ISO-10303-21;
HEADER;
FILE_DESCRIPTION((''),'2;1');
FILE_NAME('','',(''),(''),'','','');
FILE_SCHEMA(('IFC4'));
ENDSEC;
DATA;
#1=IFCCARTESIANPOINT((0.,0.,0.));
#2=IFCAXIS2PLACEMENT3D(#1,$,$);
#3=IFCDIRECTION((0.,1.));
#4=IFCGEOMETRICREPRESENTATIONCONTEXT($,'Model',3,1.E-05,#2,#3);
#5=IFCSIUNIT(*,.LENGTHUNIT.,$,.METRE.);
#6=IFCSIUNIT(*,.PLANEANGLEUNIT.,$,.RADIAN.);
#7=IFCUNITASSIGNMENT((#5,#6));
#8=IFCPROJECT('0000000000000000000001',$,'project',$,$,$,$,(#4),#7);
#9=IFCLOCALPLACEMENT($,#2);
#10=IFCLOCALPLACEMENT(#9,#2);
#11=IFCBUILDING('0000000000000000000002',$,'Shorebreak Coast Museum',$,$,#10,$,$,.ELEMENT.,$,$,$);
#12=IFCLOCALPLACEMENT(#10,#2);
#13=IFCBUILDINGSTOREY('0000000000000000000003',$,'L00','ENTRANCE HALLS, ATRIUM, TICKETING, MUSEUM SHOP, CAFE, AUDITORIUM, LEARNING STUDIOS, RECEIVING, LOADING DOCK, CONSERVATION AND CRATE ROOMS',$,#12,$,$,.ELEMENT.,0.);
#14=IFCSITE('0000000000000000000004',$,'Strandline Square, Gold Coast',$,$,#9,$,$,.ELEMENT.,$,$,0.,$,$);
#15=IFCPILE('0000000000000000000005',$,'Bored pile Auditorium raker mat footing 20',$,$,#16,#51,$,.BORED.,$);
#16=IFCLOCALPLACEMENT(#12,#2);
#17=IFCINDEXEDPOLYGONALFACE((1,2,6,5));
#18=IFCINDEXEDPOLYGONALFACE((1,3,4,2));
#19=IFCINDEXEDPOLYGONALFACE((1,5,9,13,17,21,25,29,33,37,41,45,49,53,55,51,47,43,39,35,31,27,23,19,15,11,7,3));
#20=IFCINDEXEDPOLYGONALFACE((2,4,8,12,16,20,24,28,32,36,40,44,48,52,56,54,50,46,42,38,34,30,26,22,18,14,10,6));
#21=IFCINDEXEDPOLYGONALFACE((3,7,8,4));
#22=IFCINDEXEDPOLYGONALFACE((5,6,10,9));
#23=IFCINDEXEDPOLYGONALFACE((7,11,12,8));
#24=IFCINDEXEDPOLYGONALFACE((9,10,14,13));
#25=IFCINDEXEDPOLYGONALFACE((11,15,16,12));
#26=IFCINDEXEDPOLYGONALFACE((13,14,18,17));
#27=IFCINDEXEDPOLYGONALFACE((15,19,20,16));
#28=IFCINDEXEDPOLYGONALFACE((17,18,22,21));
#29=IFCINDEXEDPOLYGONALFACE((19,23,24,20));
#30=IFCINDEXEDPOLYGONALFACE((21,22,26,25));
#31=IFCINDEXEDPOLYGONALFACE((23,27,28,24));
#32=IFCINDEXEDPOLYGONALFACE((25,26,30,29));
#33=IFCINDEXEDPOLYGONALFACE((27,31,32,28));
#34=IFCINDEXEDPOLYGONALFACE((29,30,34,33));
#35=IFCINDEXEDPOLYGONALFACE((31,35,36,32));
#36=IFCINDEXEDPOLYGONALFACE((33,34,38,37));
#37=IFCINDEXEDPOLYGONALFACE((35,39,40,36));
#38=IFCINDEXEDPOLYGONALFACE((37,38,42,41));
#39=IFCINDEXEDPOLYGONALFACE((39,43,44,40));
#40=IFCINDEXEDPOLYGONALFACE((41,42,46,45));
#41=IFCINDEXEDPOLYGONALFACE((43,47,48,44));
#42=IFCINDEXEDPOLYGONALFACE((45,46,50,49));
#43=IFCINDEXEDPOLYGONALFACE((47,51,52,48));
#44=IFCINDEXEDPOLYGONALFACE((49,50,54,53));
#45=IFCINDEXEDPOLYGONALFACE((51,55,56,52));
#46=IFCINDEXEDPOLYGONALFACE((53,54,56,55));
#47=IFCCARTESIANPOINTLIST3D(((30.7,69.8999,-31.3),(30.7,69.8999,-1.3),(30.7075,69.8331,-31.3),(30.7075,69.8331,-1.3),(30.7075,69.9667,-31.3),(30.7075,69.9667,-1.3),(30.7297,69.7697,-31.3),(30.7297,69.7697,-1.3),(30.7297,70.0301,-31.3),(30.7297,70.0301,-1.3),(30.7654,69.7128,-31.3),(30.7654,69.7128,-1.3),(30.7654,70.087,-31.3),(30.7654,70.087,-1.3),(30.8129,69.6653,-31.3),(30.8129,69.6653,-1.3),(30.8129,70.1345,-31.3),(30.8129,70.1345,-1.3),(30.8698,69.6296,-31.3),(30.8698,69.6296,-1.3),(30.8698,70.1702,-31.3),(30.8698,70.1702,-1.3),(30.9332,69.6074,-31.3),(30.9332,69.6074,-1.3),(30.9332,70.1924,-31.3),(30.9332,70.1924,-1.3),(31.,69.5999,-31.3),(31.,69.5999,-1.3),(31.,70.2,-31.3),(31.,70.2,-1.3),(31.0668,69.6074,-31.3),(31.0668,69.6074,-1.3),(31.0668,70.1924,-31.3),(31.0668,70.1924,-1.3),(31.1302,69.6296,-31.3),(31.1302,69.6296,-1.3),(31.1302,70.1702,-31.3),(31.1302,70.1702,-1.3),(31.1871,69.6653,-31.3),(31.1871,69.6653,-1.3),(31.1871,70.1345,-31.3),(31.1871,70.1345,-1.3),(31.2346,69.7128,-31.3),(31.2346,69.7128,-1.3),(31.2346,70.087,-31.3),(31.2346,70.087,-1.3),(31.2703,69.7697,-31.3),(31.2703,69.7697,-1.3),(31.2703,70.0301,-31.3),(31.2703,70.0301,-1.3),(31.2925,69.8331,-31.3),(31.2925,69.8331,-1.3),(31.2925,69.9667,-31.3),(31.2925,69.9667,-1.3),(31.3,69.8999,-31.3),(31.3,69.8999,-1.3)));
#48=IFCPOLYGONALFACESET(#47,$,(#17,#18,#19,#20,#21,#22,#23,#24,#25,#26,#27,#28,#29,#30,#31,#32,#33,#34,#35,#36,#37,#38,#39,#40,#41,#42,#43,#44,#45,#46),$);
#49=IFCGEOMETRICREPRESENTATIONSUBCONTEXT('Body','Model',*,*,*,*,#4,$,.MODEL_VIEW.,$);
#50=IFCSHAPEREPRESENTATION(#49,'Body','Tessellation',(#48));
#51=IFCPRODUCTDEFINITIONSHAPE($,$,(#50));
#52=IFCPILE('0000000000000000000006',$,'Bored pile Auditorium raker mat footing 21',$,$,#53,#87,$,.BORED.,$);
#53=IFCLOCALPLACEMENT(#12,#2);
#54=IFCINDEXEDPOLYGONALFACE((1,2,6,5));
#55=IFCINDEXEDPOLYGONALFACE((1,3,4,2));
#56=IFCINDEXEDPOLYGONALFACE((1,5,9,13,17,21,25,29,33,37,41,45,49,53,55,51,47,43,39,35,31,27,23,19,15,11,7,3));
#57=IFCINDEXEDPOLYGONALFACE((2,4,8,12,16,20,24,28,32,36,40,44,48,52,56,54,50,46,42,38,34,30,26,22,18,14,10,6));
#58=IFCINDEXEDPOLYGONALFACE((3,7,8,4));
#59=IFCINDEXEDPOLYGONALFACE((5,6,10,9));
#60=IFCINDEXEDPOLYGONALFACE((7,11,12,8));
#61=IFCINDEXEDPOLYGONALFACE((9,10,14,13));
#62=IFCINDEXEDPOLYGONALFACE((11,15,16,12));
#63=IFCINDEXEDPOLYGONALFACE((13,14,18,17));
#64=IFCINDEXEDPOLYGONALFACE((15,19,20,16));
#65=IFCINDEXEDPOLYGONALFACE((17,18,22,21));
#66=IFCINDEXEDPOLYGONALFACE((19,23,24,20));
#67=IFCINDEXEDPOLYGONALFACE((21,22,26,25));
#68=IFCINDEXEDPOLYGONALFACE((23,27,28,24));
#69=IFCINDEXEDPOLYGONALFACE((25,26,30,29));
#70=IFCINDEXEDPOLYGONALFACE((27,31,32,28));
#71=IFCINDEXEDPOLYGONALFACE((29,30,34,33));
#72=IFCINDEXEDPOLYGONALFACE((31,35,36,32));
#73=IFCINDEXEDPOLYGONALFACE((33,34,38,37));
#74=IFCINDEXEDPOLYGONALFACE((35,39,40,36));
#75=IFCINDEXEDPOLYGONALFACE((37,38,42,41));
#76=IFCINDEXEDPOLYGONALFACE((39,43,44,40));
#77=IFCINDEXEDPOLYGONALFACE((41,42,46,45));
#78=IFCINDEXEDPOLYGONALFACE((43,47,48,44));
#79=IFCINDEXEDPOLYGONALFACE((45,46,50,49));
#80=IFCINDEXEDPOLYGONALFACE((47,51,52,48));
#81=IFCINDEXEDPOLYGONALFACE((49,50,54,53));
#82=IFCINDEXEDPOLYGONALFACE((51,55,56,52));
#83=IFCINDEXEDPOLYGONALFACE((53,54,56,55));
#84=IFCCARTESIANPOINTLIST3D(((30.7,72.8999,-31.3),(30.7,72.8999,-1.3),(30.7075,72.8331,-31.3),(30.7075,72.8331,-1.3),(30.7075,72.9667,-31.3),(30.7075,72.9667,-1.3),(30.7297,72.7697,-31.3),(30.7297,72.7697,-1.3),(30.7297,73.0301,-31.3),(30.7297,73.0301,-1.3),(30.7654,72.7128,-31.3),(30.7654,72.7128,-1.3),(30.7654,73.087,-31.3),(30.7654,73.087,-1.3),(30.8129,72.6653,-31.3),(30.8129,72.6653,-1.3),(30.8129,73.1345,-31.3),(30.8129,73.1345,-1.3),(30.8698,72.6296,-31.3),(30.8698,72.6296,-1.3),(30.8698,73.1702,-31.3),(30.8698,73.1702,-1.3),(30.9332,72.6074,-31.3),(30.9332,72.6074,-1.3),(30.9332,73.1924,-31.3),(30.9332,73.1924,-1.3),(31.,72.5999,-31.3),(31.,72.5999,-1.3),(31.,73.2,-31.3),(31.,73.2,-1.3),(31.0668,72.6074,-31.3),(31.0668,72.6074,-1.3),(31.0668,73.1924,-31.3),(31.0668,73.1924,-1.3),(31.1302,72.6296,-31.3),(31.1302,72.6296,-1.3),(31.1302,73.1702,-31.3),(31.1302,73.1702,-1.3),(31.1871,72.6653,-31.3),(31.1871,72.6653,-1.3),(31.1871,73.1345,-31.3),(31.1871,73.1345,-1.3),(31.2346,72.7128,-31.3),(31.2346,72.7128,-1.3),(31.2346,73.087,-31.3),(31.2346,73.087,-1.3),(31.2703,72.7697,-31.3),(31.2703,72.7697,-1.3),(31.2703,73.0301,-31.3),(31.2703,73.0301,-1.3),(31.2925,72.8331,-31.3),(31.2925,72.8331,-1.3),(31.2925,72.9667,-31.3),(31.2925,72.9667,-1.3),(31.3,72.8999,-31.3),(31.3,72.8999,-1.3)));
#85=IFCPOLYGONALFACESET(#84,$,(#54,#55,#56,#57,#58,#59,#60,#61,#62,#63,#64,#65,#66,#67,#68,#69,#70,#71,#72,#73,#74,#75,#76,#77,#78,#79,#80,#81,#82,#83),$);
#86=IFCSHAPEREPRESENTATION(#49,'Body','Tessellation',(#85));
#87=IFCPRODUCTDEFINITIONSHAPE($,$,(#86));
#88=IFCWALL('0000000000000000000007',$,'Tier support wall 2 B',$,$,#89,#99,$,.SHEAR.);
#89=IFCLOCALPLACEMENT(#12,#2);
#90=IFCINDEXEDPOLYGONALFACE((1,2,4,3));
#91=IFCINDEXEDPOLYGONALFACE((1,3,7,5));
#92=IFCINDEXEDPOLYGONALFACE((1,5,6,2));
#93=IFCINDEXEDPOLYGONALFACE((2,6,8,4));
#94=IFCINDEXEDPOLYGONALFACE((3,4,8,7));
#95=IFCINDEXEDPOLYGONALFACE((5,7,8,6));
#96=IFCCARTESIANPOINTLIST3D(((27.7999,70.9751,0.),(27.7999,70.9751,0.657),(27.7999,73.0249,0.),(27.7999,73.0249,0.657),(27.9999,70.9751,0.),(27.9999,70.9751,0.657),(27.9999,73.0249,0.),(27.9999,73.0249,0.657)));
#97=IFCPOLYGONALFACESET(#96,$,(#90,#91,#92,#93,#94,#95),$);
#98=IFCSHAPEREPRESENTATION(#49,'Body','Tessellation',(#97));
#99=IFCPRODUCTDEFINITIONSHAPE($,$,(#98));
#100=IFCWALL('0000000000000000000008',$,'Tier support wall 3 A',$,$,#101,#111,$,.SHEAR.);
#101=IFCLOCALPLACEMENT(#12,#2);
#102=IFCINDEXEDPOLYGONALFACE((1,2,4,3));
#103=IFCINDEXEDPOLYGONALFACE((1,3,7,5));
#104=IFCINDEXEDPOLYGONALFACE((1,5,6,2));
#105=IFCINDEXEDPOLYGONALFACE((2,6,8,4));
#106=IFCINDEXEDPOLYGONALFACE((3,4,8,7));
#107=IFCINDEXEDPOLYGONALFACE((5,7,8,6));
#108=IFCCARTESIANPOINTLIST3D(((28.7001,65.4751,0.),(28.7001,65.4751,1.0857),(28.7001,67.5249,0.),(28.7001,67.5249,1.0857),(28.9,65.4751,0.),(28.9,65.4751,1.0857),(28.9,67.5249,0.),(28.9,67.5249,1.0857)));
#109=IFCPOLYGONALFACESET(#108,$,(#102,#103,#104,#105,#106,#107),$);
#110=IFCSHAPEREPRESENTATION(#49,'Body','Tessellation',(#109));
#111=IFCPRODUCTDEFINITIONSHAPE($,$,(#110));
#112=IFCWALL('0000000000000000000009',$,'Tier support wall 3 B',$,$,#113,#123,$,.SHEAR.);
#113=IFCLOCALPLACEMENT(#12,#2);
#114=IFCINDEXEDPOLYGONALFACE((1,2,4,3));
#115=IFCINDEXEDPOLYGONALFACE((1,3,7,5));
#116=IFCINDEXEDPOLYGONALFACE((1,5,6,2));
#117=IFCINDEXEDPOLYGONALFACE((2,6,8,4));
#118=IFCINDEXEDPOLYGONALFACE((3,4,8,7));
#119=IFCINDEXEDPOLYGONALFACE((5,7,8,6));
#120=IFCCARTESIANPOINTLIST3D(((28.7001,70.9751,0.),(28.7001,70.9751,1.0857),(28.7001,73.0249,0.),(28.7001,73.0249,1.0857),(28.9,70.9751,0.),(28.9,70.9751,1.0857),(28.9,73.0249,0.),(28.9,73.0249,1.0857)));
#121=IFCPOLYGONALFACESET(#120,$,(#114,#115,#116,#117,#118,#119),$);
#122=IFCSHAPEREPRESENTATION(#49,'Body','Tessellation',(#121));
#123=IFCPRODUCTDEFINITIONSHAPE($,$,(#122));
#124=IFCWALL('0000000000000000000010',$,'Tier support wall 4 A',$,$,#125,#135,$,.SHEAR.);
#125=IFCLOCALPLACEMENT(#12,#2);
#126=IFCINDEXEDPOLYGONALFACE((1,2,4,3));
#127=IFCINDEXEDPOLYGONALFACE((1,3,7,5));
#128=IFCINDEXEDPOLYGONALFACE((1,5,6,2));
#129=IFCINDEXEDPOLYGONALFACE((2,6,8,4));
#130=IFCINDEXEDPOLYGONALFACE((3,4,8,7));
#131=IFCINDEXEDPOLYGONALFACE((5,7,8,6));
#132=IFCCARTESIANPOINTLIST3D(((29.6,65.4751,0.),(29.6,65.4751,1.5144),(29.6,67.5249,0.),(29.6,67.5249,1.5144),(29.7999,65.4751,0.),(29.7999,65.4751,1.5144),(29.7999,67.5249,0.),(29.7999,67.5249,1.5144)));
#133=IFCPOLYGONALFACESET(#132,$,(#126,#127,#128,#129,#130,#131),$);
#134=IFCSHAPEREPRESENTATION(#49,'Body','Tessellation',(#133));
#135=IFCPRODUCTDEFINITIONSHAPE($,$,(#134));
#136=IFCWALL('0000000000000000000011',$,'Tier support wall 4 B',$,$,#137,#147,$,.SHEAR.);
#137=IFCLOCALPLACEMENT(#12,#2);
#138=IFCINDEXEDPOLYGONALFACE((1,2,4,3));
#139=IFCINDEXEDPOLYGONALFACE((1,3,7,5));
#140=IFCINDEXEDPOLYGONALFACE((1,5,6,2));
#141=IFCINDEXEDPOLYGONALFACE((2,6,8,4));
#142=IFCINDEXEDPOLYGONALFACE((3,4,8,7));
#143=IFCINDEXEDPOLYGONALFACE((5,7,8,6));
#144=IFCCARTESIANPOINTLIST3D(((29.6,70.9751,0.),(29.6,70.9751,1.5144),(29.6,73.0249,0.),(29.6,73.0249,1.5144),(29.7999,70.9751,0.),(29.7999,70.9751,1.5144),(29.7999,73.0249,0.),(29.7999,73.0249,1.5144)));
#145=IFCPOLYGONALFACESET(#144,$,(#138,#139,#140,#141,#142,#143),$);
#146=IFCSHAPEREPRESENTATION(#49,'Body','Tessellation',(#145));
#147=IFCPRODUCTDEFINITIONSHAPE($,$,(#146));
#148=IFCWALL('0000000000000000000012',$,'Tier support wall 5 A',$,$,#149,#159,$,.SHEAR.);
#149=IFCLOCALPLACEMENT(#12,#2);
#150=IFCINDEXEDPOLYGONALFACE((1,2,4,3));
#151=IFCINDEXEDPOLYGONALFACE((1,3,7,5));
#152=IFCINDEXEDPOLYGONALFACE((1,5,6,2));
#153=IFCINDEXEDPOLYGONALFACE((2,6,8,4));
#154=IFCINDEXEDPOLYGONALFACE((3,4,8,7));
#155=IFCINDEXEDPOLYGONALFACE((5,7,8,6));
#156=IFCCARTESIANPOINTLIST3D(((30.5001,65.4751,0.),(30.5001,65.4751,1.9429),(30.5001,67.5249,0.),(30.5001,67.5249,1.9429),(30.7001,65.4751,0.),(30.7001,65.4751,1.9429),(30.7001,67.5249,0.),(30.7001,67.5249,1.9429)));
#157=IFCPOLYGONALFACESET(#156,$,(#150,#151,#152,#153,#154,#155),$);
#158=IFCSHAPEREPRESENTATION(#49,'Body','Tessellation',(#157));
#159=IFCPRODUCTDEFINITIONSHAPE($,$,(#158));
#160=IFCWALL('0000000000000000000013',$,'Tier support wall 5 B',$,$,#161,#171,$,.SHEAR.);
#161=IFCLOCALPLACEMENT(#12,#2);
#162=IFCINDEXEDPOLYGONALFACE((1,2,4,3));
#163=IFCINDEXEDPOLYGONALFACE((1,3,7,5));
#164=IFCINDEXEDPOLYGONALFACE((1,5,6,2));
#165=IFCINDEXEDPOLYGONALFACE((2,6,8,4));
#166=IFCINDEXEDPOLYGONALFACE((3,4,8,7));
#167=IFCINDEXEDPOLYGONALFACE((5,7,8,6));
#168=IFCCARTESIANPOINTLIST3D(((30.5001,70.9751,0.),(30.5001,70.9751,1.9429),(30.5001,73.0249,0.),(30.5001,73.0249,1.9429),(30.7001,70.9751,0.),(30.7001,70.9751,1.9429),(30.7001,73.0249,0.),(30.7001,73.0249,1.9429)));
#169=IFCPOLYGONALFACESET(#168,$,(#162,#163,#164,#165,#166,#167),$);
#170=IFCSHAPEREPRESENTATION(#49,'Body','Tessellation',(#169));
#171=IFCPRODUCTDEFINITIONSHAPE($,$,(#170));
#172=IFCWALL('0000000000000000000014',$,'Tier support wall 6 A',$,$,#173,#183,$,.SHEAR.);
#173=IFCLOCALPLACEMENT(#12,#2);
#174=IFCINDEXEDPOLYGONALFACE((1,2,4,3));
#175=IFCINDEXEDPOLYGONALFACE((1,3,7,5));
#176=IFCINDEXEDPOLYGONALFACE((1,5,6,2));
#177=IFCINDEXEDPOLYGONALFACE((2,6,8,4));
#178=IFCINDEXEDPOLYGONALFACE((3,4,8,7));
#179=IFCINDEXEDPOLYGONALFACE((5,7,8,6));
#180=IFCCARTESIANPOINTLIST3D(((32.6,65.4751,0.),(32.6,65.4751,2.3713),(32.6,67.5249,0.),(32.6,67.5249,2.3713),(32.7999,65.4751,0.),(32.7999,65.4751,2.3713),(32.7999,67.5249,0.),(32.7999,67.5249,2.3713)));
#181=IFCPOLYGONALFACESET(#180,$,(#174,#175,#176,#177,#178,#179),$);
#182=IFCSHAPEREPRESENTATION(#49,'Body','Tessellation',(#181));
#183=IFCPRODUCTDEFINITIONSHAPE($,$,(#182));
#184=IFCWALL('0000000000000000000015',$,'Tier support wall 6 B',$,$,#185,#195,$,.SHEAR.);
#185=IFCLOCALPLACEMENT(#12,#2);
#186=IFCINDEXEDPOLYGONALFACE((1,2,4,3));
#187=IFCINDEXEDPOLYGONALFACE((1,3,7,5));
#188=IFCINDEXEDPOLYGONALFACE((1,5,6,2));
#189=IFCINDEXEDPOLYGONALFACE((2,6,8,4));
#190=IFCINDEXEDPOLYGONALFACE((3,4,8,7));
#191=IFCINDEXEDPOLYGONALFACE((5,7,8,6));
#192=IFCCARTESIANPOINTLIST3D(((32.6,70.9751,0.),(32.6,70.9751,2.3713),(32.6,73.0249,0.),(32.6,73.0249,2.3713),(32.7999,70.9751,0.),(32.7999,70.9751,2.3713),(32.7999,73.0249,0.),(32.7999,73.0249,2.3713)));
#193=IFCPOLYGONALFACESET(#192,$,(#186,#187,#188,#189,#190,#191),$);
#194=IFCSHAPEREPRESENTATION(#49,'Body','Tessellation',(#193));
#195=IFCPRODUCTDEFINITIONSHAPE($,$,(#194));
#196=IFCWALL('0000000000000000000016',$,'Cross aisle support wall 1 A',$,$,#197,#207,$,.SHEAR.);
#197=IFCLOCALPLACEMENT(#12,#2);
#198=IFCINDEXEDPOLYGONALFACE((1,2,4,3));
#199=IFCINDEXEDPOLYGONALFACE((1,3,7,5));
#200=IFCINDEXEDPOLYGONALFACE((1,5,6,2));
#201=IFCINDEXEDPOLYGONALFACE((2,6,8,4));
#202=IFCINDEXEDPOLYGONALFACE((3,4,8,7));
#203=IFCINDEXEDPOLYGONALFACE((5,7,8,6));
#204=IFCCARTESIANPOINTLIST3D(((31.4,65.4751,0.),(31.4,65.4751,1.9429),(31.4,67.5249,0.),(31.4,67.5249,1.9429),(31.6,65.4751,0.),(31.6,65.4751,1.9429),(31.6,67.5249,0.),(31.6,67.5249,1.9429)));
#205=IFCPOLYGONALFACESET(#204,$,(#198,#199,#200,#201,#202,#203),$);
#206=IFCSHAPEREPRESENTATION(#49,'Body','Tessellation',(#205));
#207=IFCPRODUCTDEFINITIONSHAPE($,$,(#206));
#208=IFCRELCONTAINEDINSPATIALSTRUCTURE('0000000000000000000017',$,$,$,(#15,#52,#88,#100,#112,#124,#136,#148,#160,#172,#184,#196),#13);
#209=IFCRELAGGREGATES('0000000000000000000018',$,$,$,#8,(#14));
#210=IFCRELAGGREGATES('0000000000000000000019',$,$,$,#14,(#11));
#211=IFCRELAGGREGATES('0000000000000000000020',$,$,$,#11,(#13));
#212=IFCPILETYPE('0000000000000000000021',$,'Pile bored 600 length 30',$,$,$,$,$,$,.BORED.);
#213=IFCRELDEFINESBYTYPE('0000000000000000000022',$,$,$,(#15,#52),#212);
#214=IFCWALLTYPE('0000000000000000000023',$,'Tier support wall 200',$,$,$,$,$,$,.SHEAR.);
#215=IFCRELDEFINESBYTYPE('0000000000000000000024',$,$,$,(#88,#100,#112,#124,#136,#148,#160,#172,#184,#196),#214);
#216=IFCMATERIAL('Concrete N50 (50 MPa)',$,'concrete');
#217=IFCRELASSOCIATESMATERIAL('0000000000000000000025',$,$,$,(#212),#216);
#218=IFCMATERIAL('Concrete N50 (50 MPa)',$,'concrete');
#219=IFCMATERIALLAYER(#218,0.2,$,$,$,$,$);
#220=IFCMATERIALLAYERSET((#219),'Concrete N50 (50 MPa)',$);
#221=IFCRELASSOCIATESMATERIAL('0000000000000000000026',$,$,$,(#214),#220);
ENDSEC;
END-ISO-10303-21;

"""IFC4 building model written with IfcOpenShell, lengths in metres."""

from ifc_helpers import new_model, si_unit, direction, frame, frame_2d, origin, origin_2d, place, context, subcontext, project, spatial, rectangle, circle, extrude, material, layer, layer_set, material_profile, profile_set, type_object, element, save


model = new_model("IFC4")

# Units and contexts
model_context = context("Model", 3, precision=1e-05, world=origin(), true_north=direction((0.0, 1.0)))
body_context = subcontext(model_context, "Body", "Model", "MODEL_VIEW")
ifc_project = project(units=[si_unit("LENGTHUNIT", "METRE"), si_unit("PLANEANGLEUNIT", "RADIAN")], contexts=[model_context])

# Site, building, storey
site_placement = place(None, origin())
site = spatial("IfcSite", under=ifc_project, at=site_placement, Name="Strandline Square, Gold Coast", CompositionType="ELEMENT", RefElevation=0.0)
building_placement = place(site_placement, origin())
building = spatial("IfcBuilding", under=site, at=building_placement, Name="Shorebreak Coast Museum", CompositionType="ELEMENT")
storey_placement = place(building_placement, origin())
storey = spatial("IfcBuildingStorey", under=building, at=storey_placement, Name="L00", Description="ENTRANCE HALLS, ATRIUM, TICKETING, MUSEUM SHOP, CAFE, AUDITORIUM, LEARNING STUDIOS, RECEIVING, LOADING DOCK, CONSERVATION AND CRATE ROOMS", CompositionType="ELEMENT", Elevation=0.0)

# Piles
ifc_material_1 = material(Name="Concrete N50 (50 MPa)", Category="concrete")
ifc_material_profile = material_profile(ifc_material_1, circle(Radius=0.3, at=origin_2d()), Name="Pile bored 600 length 30")
ifc_profile_set = profile_set([ifc_material_profile], Name="Concrete N50 (50 MPa)")
pile_type = type_object("IfcPileType", Name="Pile bored 600 length 30", PredefinedType="BORED", material=ifc_profile_set)
for number, where, z_axis, x_axis, name in (
    (1, (31.0, 69.8999, -1.3), (0.0, 0.0, -1.0), (1.0, 0.0, 0.0), "Bored pile Auditorium raker mat footing 20"),
    (2, (31.0, 72.8999, -1.3), (0.0, 0.0, -1.0), (1.0, 0.0, 0.0), "Bored pile Auditorium raker mat footing 21"),
):
    element("IfcPile", number, at=place(storey_placement, frame(where, z_axis=z_axis, x_axis=x_axis)), inside=storey, type_object=pile_type, Name=name, PredefinedType="BORED", context=body_context, shape_type="SweptSolid", body=[
        extrude(circle(Radius=0.3, at=origin_2d()), origin(), (0.0, 0.0, 1.0), 30.0),
    ])

# Walls
ifc_material_2 = material(Name="Concrete N50 (50 MPa)", Category="concrete")
ifc_layer = layer(ifc_material_2, 0.2)
ifc_layer_set = layer_set([ifc_layer], Name="Concrete N50 (50 MPa)")
wall_type = type_object("IfcWallType", Name="Tier support wall 200", PredefinedType="SHEAR", material=ifc_layer_set)
wall_placement = place(storey_placement, frame((27.8999, 70.9751, 0.0), z_axis=(0.0, 0.0, 1.0), x_axis=(0.0, 1.0, 0.0)))
element("IfcWall", 3, at=wall_placement, inside=storey, type_object=wall_type, Name="Tier support wall 2 B", PredefinedType="SHEAR", context=body_context, shape_type="SweptSolid", body=[
    extrude(rectangle(XDim=2.0498, YDim=0.2, at=frame_2d((1.0249, 0.0))), origin(), (0.0, 0.0, 1.0), 0.657),
])
for number, where, z_axis, x_axis, name in (
    (4, (28.8, 65.4751, 0.0), (0.0, 0.0, 1.0), (0.0, 1.0, 0.0), "Tier support wall 3 A"),
    (5, (28.8, 70.9751, 0.0), (0.0, 0.0, 1.0), (0.0, 1.0, 0.0), "Tier support wall 3 B"),
):
    element("IfcWall", number, at=place(storey_placement, frame(where, z_axis=z_axis, x_axis=x_axis)), inside=storey, type_object=wall_type, Name=name, PredefinedType="SHEAR", context=body_context, shape_type="SweptSolid", body=[
        extrude(rectangle(XDim=2.0498, YDim=0.2, at=frame_2d((1.0249, 0.0))), origin(), (0.0, 0.0, 1.0), 1.0857),
    ])
for number, where, z_axis, x_axis, name in (
    (6, (29.7, 65.4751, 0.0), (0.0, 0.0, 1.0), (0.0, 1.0, 0.0), "Tier support wall 4 A"),
    (7, (29.7, 70.9751, 0.0), (0.0, 0.0, 1.0), (0.0, 1.0, 0.0), "Tier support wall 4 B"),
):
    element("IfcWall", number, at=place(storey_placement, frame(where, z_axis=z_axis, x_axis=x_axis)), inside=storey, type_object=wall_type, Name=name, PredefinedType="SHEAR", context=body_context, shape_type="SweptSolid", body=[
        extrude(rectangle(XDim=2.0498, YDim=0.2, at=frame_2d((1.0249, 0.0))), origin(), (0.0, 0.0, 1.0), 1.5144),
    ])
for number, where, z_axis, x_axis, name in (
    (8, (30.6001, 65.4751, 0.0), (0.0, 0.0, 1.0), (0.0, 1.0, 0.0), "Tier support wall 5 A"),
    (9, (30.6001, 70.9751, 0.0), (0.0, 0.0, 1.0), (0.0, 1.0, 0.0), "Tier support wall 5 B"),
):
    element("IfcWall", number, at=place(storey_placement, frame(where, z_axis=z_axis, x_axis=x_axis)), inside=storey, type_object=wall_type, Name=name, PredefinedType="SHEAR", context=body_context, shape_type="SweptSolid", body=[
        extrude(rectangle(XDim=2.0498, YDim=0.2, at=frame_2d((1.0249, 0.0))), origin(), (0.0, 0.0, 1.0), 1.9429),
    ])
for number, where, z_axis, x_axis, name in (
    (10, (32.7, 65.4751, 0.0), (0.0, 0.0, 1.0), (0.0, 1.0, 0.0), "Tier support wall 6 A"),
    (11, (32.7, 70.9751, 0.0), (0.0, 0.0, 1.0), (0.0, 1.0, 0.0), "Tier support wall 6 B"),
):
    element("IfcWall", number, at=place(storey_placement, frame(where, z_axis=z_axis, x_axis=x_axis)), inside=storey, type_object=wall_type, Name=name, PredefinedType="SHEAR", context=body_context, shape_type="SweptSolid", body=[
        extrude(rectangle(XDim=2.0498, YDim=0.2, at=frame_2d((1.0249, 0.0))), origin(), (0.0, 0.0, 1.0), 2.3713),
    ])
for number, where, z_axis, x_axis, name in (
    (12, (31.5, 65.4751, 0.0), (0.0, 0.0, 1.0), (0.0, 1.0, 0.0), "Cross aisle support wall 1 A"),
):
    element("IfcWall", number, at=place(storey_placement, frame(where, z_axis=z_axis, x_axis=x_axis)), inside=storey, type_object=wall_type, Name=name, PredefinedType="SHEAR", context=body_context, shape_type="SweptSolid", body=[
        extrude(rectangle(XDim=2.0498, YDim=0.2, at=frame_2d((1.0249, 0.0))), origin(), (0.0, 0.0, 1.0), 1.9429),
    ])

save(model, "model.ifc")
